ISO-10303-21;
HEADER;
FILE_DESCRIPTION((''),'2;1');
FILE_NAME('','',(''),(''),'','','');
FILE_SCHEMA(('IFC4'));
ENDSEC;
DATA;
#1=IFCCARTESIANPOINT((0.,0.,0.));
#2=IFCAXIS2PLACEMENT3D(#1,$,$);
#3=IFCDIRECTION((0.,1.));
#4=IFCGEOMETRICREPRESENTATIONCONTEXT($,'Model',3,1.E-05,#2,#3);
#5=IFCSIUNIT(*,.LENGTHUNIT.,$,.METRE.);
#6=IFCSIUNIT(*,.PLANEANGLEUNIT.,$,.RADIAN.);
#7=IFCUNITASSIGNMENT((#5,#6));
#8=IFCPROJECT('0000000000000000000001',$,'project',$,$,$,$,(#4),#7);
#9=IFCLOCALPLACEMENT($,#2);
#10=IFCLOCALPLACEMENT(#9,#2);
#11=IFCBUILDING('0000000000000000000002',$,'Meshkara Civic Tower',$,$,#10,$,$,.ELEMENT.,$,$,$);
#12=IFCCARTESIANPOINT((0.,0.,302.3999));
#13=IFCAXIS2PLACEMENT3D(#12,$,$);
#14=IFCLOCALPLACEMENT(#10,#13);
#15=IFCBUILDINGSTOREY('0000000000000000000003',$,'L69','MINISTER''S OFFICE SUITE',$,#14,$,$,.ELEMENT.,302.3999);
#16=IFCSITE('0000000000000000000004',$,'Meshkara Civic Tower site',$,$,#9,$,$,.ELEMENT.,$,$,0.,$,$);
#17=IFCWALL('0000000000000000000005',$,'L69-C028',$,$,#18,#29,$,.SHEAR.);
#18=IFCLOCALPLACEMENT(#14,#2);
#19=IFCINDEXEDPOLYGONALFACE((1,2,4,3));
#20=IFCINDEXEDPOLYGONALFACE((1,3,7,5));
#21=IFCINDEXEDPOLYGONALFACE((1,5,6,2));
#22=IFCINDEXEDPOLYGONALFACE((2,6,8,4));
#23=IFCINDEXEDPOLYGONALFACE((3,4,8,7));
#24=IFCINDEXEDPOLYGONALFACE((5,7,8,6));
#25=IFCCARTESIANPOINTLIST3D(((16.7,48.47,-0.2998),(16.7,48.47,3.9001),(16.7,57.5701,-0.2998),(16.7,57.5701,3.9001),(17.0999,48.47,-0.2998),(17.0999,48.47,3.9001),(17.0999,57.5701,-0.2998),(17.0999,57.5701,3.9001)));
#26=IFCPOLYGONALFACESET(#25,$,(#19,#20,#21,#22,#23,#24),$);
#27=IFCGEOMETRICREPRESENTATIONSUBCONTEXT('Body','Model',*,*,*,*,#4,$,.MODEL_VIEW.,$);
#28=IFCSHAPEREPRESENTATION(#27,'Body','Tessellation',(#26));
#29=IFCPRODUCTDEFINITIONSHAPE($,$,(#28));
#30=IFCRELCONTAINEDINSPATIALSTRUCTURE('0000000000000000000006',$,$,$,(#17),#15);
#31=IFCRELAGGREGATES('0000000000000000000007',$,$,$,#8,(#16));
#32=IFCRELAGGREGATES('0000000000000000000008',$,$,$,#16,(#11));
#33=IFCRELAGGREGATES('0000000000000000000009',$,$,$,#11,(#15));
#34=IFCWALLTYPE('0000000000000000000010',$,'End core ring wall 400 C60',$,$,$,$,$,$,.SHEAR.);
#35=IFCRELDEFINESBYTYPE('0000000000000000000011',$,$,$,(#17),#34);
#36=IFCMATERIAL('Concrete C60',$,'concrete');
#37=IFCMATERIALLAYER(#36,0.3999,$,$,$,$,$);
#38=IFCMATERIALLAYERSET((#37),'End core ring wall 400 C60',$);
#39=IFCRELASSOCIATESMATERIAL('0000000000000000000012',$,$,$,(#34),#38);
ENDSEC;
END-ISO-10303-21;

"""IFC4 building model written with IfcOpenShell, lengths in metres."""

from ifc_helpers import new_model, si_unit, direction, frame, frame_2d, origin, place, context, subcontext, project, spatial, rectangle, extrude, material, layer, layer_set, type_object, element, save


model = new_model("IFC4")

# Units and contexts
model_context = context("Model", 3, precision=1e-05, world=origin(), true_north=direction((0.0, 1.0)))
body_context = subcontext(model_context, "Body", "Model", "MODEL_VIEW")
ifc_project = project(units=[si_unit("LENGTHUNIT", "METRE"), si_unit("PLANEANGLEUNIT", "RADIAN")], contexts=[model_context])

# Site, building, storey
site_placement = place(None, origin())
site = spatial("IfcSite", under=ifc_project, at=site_placement, Name="Meshkara Civic Tower site", CompositionType="ELEMENT", RefElevation=0.0)
building_placement = place(site_placement, origin())
building = spatial("IfcBuilding", under=site, at=building_placement, Name="Meshkara Civic Tower", CompositionType="ELEMENT")
storey_placement = place(building_placement, frame((0.0, 0.0, 302.3999)))
storey = spatial("IfcBuildingStorey", under=building, at=storey_placement, Name="L69", Description="MINISTER'S OFFICE SUITE", CompositionType="ELEMENT", Elevation=302.3999)

# Wall
ifc_material_1 = material(Name="Concrete C60", Category="concrete")
ifc_layer_1 = layer(ifc_material_1, 0.3999)
ifc_layer_set_1 = layer_set([ifc_layer_1], Name="End core ring wall 400 C60")
wall_type_1 = type_object("IfcWallType", Name="End core ring wall 400 C60", PredefinedType="SHEAR", material=ifc_layer_set_1)
wall_1_placement = place(storey_placement, frame((16.8999, 48.47, -0.2998), z_axis=(0.0, 0.0, 1.0), x_axis=(0.0, 1.0, 0.0)))
element("IfcWall", 1, at=wall_1_placement, inside=storey, type_object=wall_type_1, Name="L69-C028", PredefinedType="SHEAR", context=body_context, shape_type="SweptSolid", body=[
    extrude(rectangle(XDim=9.1001, YDim=0.3999, at=frame_2d((4.55, 0.0))), origin(), (0.0, 0.0, 1.0), 4.2),
])

save(model, "model.ifc")
